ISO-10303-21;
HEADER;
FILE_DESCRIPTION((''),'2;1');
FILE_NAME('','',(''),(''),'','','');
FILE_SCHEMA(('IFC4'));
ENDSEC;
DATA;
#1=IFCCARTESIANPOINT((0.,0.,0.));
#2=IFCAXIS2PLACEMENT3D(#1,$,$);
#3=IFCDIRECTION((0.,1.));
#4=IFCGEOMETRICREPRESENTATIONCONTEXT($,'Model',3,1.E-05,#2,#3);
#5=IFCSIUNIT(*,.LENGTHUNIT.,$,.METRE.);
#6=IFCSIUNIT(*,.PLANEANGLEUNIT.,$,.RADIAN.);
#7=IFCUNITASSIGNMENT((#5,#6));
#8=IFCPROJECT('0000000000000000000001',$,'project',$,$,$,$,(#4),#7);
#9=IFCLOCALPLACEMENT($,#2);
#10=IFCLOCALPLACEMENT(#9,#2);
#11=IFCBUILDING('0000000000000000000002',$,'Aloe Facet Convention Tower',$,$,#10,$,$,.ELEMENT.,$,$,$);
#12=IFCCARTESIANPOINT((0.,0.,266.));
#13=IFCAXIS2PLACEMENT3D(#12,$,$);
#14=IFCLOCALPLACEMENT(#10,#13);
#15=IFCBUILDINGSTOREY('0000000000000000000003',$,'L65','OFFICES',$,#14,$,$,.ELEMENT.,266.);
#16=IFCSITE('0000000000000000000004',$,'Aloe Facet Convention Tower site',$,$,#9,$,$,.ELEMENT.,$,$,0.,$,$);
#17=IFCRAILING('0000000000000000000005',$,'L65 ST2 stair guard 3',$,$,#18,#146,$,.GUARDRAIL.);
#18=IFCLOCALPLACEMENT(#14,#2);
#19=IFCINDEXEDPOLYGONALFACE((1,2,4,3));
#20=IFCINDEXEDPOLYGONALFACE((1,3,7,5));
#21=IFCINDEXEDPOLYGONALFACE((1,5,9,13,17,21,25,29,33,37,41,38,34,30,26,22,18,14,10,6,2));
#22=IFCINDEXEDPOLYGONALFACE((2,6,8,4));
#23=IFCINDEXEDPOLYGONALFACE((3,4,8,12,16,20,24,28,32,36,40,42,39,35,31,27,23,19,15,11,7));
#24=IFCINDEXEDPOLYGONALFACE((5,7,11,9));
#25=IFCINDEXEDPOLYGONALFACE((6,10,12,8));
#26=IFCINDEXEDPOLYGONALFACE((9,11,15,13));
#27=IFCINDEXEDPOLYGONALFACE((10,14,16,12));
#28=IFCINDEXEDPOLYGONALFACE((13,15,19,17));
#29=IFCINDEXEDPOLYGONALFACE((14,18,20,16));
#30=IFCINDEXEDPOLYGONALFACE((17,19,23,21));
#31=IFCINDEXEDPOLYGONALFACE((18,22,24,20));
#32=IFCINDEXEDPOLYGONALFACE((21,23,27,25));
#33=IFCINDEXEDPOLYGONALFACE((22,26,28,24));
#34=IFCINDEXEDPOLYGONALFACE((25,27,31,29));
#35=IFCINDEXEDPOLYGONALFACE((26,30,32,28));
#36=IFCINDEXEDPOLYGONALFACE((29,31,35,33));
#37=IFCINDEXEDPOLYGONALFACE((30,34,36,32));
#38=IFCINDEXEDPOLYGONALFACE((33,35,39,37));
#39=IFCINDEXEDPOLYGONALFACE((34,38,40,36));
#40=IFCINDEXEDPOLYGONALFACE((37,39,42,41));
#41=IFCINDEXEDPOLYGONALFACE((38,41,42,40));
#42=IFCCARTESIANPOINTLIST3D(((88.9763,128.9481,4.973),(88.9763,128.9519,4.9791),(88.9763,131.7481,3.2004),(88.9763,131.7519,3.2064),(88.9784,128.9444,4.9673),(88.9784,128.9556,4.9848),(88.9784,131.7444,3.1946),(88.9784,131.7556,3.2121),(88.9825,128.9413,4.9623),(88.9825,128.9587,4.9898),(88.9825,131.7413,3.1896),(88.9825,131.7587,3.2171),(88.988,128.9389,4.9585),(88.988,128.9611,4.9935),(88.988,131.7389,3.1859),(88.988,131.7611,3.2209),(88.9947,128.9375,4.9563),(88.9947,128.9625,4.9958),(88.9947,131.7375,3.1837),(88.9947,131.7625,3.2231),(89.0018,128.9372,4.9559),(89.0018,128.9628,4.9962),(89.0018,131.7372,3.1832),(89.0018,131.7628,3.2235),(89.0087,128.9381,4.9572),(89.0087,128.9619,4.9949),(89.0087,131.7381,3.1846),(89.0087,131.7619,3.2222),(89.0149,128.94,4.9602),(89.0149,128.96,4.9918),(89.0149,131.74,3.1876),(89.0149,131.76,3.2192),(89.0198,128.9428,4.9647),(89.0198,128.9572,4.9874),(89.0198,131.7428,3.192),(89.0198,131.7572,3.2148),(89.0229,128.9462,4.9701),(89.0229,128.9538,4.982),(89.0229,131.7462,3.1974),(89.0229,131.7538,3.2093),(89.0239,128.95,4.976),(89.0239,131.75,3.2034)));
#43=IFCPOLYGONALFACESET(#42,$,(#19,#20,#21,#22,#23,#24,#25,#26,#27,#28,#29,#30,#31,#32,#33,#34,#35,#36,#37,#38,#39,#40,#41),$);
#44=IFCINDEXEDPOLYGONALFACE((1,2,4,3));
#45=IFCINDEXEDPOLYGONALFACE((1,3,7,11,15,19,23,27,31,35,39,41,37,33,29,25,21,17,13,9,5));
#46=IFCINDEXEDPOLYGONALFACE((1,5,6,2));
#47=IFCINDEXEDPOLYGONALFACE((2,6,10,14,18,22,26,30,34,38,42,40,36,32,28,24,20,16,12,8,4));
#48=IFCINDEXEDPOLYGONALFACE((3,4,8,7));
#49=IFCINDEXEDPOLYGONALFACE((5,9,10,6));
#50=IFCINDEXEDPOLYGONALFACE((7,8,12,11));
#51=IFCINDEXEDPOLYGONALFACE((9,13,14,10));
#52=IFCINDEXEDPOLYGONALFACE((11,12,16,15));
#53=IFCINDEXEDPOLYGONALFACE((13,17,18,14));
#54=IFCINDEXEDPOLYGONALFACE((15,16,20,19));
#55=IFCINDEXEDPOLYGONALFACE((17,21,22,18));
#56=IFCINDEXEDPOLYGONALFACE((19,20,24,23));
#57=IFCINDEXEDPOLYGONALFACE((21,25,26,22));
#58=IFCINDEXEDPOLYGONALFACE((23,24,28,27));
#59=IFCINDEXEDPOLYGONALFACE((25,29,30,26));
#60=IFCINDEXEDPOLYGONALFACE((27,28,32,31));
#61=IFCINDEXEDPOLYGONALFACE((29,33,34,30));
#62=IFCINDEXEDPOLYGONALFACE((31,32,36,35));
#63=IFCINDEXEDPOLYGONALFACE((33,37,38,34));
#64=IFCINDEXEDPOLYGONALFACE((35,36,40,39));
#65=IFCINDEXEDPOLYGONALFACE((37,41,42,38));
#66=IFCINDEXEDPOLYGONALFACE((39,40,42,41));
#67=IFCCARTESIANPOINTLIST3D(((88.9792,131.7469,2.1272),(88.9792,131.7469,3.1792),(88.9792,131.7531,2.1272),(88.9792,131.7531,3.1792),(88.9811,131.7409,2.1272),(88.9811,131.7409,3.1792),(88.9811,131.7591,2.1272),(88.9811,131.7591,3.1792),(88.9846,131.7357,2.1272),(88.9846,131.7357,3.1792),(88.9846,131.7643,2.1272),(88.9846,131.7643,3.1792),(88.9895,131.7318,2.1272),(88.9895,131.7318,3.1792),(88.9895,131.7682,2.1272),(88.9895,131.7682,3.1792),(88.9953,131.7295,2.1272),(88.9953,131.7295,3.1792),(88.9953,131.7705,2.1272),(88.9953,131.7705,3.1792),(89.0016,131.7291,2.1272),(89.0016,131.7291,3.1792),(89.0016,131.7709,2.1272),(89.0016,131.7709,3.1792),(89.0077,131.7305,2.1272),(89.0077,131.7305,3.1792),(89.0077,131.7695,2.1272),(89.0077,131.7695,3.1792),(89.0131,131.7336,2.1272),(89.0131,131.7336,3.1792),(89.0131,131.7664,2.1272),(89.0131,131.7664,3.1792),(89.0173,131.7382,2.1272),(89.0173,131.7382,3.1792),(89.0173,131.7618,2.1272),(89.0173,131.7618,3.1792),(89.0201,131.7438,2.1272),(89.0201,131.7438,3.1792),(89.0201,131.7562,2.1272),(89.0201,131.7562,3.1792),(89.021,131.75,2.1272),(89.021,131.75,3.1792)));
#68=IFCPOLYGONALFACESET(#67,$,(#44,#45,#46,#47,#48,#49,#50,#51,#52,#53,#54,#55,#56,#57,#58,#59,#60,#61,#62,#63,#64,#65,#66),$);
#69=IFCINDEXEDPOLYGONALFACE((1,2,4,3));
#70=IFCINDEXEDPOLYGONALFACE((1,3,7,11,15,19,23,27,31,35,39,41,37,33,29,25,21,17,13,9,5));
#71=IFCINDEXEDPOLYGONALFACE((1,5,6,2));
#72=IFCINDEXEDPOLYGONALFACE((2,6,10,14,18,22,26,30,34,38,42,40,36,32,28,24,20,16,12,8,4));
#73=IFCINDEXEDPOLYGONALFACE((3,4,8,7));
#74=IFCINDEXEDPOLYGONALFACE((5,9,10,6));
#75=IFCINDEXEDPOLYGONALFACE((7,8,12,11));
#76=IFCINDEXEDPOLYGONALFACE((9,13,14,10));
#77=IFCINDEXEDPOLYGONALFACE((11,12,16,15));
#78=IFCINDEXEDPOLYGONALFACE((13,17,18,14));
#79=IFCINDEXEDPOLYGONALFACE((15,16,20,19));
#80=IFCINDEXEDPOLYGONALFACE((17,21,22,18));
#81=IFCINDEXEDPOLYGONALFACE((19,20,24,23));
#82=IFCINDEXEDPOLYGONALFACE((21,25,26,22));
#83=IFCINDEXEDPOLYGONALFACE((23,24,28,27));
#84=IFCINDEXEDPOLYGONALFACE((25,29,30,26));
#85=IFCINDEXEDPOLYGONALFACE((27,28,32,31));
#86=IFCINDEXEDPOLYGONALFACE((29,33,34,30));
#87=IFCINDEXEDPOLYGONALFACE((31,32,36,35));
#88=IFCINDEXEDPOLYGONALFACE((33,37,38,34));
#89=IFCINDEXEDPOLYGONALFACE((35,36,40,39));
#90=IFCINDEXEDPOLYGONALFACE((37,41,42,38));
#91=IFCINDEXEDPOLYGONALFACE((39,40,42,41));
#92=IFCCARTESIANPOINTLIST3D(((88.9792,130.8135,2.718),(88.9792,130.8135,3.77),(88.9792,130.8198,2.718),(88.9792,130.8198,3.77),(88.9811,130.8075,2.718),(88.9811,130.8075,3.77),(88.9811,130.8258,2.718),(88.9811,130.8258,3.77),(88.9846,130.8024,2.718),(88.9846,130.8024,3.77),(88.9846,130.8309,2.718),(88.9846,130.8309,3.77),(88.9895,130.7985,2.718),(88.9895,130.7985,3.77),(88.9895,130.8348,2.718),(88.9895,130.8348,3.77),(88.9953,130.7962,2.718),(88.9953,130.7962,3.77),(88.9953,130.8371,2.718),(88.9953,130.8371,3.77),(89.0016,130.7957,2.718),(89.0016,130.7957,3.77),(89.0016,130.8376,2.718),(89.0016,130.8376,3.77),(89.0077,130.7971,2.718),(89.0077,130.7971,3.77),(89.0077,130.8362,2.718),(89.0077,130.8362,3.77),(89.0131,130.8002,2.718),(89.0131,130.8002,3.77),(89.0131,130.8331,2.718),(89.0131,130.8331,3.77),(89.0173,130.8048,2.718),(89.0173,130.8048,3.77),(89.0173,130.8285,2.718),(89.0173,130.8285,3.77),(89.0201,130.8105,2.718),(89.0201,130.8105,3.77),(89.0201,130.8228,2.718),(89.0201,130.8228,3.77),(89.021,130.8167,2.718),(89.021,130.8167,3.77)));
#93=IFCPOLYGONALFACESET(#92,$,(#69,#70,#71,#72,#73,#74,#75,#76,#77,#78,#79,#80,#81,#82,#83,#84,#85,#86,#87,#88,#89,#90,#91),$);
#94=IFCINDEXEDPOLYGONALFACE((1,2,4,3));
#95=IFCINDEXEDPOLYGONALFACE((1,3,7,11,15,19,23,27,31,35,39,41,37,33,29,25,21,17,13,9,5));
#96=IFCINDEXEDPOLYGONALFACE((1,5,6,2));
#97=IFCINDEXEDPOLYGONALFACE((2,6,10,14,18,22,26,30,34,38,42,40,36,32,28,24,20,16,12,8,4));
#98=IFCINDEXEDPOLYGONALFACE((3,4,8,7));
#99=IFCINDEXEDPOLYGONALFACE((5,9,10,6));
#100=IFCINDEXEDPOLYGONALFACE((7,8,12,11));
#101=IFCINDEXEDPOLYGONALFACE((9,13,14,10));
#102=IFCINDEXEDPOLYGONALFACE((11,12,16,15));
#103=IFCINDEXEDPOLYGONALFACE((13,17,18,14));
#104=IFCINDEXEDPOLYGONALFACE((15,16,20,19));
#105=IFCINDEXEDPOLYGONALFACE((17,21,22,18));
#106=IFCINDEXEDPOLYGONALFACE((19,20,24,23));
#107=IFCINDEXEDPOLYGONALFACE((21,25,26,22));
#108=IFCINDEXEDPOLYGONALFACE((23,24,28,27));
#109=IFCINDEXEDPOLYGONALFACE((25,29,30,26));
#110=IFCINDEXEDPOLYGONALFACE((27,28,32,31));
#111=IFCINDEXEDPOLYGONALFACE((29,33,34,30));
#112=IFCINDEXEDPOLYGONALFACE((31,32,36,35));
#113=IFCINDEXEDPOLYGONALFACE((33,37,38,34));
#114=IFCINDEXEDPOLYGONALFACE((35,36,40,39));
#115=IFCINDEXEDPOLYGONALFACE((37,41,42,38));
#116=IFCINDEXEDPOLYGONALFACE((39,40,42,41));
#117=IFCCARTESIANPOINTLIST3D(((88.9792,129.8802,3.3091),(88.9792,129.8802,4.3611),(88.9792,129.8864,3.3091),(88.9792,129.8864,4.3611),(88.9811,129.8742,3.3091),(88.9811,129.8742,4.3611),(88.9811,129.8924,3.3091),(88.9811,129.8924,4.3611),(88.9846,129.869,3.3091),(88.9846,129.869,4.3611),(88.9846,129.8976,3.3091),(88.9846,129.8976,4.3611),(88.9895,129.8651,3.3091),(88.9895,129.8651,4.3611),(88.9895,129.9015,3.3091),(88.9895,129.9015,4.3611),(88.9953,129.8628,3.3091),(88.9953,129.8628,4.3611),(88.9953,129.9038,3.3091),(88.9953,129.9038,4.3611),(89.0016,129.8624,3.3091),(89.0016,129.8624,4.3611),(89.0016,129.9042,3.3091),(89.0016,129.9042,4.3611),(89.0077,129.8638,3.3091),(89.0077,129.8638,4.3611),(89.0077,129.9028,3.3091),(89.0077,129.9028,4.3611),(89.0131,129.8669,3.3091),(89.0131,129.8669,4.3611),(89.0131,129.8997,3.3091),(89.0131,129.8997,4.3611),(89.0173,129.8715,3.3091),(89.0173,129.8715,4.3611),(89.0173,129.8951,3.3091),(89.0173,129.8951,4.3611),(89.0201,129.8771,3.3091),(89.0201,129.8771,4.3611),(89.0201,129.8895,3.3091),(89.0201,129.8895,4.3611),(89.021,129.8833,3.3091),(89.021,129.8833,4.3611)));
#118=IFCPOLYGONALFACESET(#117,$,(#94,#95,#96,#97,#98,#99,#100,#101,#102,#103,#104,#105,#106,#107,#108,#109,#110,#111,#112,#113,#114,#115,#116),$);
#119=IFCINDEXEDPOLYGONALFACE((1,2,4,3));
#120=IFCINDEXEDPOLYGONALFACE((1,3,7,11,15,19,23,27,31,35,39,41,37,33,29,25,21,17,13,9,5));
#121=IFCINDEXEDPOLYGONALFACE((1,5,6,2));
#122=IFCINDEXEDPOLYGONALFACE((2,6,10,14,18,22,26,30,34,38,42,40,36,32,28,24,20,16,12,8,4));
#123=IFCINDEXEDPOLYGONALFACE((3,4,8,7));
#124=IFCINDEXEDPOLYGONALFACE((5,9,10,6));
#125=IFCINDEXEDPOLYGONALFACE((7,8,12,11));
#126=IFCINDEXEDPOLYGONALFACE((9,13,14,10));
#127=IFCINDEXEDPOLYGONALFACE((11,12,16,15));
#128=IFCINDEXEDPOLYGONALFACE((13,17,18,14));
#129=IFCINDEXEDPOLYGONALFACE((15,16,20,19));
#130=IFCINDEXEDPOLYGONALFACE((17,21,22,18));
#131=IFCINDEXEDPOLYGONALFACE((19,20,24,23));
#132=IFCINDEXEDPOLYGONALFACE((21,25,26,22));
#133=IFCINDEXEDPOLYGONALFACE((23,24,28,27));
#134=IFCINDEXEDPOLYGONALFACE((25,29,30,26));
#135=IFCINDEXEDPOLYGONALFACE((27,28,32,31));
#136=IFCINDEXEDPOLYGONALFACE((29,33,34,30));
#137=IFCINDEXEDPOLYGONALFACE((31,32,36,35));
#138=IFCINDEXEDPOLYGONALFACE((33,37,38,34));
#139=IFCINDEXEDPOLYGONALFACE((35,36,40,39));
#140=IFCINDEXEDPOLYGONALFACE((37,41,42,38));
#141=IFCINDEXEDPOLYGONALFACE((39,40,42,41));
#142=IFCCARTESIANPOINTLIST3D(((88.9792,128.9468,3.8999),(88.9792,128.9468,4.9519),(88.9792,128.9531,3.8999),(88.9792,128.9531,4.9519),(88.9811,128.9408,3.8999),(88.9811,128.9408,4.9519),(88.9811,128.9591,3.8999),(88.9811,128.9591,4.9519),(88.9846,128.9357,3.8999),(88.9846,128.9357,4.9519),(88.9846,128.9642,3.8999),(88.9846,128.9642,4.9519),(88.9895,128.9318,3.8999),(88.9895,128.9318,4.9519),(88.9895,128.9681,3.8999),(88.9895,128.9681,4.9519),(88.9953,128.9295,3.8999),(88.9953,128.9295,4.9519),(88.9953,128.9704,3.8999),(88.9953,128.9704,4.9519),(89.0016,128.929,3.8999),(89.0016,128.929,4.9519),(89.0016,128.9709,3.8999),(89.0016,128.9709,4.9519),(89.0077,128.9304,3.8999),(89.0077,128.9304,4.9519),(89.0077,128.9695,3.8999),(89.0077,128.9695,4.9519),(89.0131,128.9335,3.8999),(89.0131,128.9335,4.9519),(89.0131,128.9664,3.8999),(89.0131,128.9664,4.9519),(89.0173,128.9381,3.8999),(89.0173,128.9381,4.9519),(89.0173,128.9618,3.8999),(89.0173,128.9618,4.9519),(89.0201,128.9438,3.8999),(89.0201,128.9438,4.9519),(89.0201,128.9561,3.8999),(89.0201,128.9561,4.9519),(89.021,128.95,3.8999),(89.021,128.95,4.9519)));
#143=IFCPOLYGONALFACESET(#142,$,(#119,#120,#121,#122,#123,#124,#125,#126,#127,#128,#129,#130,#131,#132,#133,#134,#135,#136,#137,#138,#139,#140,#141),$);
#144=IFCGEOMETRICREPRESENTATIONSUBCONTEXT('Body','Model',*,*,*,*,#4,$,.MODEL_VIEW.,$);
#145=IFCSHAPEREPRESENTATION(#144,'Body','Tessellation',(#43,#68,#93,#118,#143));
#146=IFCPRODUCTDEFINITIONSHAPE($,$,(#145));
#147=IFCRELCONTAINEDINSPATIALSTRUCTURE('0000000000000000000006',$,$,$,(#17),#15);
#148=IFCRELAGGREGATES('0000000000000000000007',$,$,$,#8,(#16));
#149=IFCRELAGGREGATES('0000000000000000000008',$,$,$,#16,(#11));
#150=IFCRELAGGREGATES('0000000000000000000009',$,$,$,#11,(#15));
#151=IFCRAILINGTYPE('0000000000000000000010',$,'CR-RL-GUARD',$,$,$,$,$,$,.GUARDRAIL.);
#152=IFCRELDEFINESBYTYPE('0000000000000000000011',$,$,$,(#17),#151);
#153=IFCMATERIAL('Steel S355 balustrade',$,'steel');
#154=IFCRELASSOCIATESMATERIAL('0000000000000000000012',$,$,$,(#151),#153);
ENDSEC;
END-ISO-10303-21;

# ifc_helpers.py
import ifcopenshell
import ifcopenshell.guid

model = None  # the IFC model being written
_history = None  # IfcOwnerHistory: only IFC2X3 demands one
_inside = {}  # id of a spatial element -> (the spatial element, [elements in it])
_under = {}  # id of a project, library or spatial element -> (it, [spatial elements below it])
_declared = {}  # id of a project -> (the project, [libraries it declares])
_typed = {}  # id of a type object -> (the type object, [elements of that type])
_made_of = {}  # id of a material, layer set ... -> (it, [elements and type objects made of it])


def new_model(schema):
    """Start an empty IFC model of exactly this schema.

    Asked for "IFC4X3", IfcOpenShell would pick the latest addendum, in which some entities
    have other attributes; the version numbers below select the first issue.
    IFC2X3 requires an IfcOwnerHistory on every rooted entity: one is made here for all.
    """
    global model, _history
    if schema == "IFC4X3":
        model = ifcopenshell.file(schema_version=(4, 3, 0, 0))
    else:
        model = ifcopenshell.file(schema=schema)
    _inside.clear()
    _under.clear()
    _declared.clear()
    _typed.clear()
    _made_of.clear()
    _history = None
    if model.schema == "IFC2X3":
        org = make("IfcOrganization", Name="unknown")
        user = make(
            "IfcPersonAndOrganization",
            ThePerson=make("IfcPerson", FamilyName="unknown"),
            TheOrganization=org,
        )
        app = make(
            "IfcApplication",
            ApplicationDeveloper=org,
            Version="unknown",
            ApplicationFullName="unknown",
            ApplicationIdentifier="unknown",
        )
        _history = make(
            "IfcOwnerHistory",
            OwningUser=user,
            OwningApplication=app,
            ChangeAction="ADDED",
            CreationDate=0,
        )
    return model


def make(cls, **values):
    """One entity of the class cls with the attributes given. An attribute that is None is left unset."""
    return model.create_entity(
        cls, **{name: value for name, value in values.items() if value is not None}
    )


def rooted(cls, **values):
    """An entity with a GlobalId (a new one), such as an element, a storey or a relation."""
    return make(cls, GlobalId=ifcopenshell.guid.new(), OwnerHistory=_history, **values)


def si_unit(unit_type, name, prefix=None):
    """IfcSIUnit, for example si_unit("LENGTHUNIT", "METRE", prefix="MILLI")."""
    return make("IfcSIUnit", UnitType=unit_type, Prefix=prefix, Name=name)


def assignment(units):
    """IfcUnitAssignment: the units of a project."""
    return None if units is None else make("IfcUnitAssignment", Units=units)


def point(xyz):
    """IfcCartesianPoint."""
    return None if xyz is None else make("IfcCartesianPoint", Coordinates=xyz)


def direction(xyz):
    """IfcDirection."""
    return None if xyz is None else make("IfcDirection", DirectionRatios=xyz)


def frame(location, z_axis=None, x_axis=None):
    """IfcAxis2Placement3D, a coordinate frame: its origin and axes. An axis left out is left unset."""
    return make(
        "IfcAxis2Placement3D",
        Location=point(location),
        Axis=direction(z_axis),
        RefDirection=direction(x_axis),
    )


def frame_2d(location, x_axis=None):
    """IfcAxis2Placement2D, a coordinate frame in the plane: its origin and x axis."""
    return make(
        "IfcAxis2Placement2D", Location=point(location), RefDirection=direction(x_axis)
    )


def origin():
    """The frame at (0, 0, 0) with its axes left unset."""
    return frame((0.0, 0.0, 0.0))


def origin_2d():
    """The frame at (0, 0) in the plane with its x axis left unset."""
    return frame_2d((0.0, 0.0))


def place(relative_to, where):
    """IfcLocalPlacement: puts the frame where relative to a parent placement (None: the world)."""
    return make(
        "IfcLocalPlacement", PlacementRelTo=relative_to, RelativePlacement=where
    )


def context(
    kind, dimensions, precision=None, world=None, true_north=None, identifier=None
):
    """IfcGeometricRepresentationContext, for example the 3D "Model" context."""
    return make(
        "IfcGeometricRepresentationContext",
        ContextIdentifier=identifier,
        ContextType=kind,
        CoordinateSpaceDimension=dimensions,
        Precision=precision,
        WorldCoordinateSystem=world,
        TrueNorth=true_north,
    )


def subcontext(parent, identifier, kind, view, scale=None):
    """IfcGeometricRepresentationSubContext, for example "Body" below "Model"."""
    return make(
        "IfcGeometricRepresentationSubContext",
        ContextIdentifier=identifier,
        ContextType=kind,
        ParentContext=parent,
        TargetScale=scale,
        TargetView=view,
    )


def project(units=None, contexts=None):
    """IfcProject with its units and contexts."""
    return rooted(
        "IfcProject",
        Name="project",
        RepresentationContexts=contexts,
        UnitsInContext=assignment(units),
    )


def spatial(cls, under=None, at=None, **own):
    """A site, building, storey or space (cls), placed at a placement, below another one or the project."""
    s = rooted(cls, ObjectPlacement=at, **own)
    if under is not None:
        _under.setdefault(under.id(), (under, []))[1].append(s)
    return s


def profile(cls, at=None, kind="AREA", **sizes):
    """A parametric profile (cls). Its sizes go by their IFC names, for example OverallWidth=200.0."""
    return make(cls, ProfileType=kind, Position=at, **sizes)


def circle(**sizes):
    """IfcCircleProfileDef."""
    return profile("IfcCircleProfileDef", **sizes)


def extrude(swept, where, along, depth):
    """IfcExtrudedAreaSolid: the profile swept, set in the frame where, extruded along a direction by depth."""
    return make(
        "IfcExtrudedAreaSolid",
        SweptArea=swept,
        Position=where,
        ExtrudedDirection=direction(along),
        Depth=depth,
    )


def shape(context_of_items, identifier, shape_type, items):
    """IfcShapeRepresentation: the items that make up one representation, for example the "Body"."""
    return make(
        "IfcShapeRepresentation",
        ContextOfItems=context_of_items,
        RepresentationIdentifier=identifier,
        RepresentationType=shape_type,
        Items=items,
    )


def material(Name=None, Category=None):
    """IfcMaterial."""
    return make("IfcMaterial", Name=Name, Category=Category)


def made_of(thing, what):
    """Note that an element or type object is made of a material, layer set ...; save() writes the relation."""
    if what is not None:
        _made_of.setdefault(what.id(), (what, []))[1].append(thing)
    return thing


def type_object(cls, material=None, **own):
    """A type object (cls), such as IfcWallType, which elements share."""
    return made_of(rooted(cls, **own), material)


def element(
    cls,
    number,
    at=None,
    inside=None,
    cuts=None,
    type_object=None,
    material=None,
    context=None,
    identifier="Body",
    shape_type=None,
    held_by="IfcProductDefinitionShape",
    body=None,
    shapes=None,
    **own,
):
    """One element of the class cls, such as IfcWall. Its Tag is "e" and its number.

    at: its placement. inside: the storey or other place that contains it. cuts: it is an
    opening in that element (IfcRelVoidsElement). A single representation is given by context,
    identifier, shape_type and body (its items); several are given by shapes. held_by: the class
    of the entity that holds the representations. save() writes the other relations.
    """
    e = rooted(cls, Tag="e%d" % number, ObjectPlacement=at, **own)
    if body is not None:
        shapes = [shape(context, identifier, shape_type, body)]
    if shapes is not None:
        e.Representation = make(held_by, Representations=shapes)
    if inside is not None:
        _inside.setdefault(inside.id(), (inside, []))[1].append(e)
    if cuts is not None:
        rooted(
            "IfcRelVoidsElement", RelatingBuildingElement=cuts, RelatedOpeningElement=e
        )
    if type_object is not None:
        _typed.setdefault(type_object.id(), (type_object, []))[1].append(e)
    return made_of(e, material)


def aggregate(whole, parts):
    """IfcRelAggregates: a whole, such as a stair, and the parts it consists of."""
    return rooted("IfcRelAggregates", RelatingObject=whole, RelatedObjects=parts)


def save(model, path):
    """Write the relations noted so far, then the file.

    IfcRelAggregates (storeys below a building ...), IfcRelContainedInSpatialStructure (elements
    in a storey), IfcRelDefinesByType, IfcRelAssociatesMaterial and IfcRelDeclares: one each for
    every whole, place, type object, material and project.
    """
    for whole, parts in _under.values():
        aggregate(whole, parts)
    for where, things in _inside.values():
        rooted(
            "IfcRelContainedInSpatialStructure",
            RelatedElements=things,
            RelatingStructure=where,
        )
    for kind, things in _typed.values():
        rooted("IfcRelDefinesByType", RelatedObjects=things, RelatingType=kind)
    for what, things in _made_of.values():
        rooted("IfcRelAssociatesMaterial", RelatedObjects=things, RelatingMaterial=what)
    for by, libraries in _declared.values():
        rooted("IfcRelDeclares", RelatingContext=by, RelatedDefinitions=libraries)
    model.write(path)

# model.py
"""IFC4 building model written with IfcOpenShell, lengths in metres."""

from ifc_helpers import new_model, si_unit, direction, frame, origin, origin_2d, place, context, subcontext, project, spatial, circle, extrude, material, type_object, element, save


model = new_model("IFC4")

# Units and contexts
model_context = context("Model", 3, precision=1e-05, world=origin(), true_north=direction((0.0, 1.0)))
body_context = subcontext(model_context, "Body", "Model", "MODEL_VIEW")
ifc_project = project(units=[si_unit("LENGTHUNIT", "METRE"), si_unit("PLANEANGLEUNIT", "RADIAN")], contexts=[model_context])

# Site, building, storey
site_placement = place(None, origin())
site = spatial("IfcSite", under=ifc_project, at=site_placement, Name="Aloe Facet Convention Tower site", CompositionType="ELEMENT", RefElevation=0.0)
building_placement = place(site_placement, origin())
building = spatial("IfcBuilding", under=site, at=building_placement, Name="Aloe Facet Convention Tower", CompositionType="ELEMENT")
storey_placement = place(building_placement, frame((0.0, 0.0, 266.0)))
storey = spatial("IfcBuildingStorey", under=building, at=storey_placement, Name="L65", Description="OFFICES", CompositionType="ELEMENT", Elevation=266.0)

# Railing
ifc_material_1 = material(Name="Steel S355 balustrade", Category="steel")
railing_type_1 = type_object("IfcRailingType", Name="CR-RL-GUARD", PredefinedType="GUARDRAIL", material=ifc_material_1)
railing_1_placement = place(storey_placement, frame((89.0, 131.75, 2.1272)))
element("IfcRailing", 1, at=railing_1_placement, inside=storey, type_object=railing_type_1, Name="L65 ST2 stair guard 3", PredefinedType="GUARDRAIL", context=body_context, shape_type="SweptSolid", body=[
    extrude(circle(Radius=0.0239, at=origin_2d()), frame((0.0, 0.0, 1.0762), z_axis=(0.0, -0.844909, 0.53491), x_axis=(1.0, 0.0, 0.0)), (0.0, 0.0, 1.0), 3.314),
    extrude(circle(Radius=0.021, at=origin_2d()), origin(), (0.0, 0.0, 1.0), 1.052),
    extrude(circle(Radius=0.021, at=origin_2d()), frame((0.0, -0.9333, 0.5908)), (0.0, 0.0, 1.0), 1.052),
    extrude(circle(Radius=0.021, at=origin_2d()), frame((0.0, -1.8667, 1.1819)), (0.0, 0.0, 1.0), 1.052),
    extrude(circle(Radius=0.021, at=origin_2d()), frame((0.0, -2.8, 1.7727)), (0.0, 0.0, 1.0), 1.052),
])

save(model, "model.ifc")
